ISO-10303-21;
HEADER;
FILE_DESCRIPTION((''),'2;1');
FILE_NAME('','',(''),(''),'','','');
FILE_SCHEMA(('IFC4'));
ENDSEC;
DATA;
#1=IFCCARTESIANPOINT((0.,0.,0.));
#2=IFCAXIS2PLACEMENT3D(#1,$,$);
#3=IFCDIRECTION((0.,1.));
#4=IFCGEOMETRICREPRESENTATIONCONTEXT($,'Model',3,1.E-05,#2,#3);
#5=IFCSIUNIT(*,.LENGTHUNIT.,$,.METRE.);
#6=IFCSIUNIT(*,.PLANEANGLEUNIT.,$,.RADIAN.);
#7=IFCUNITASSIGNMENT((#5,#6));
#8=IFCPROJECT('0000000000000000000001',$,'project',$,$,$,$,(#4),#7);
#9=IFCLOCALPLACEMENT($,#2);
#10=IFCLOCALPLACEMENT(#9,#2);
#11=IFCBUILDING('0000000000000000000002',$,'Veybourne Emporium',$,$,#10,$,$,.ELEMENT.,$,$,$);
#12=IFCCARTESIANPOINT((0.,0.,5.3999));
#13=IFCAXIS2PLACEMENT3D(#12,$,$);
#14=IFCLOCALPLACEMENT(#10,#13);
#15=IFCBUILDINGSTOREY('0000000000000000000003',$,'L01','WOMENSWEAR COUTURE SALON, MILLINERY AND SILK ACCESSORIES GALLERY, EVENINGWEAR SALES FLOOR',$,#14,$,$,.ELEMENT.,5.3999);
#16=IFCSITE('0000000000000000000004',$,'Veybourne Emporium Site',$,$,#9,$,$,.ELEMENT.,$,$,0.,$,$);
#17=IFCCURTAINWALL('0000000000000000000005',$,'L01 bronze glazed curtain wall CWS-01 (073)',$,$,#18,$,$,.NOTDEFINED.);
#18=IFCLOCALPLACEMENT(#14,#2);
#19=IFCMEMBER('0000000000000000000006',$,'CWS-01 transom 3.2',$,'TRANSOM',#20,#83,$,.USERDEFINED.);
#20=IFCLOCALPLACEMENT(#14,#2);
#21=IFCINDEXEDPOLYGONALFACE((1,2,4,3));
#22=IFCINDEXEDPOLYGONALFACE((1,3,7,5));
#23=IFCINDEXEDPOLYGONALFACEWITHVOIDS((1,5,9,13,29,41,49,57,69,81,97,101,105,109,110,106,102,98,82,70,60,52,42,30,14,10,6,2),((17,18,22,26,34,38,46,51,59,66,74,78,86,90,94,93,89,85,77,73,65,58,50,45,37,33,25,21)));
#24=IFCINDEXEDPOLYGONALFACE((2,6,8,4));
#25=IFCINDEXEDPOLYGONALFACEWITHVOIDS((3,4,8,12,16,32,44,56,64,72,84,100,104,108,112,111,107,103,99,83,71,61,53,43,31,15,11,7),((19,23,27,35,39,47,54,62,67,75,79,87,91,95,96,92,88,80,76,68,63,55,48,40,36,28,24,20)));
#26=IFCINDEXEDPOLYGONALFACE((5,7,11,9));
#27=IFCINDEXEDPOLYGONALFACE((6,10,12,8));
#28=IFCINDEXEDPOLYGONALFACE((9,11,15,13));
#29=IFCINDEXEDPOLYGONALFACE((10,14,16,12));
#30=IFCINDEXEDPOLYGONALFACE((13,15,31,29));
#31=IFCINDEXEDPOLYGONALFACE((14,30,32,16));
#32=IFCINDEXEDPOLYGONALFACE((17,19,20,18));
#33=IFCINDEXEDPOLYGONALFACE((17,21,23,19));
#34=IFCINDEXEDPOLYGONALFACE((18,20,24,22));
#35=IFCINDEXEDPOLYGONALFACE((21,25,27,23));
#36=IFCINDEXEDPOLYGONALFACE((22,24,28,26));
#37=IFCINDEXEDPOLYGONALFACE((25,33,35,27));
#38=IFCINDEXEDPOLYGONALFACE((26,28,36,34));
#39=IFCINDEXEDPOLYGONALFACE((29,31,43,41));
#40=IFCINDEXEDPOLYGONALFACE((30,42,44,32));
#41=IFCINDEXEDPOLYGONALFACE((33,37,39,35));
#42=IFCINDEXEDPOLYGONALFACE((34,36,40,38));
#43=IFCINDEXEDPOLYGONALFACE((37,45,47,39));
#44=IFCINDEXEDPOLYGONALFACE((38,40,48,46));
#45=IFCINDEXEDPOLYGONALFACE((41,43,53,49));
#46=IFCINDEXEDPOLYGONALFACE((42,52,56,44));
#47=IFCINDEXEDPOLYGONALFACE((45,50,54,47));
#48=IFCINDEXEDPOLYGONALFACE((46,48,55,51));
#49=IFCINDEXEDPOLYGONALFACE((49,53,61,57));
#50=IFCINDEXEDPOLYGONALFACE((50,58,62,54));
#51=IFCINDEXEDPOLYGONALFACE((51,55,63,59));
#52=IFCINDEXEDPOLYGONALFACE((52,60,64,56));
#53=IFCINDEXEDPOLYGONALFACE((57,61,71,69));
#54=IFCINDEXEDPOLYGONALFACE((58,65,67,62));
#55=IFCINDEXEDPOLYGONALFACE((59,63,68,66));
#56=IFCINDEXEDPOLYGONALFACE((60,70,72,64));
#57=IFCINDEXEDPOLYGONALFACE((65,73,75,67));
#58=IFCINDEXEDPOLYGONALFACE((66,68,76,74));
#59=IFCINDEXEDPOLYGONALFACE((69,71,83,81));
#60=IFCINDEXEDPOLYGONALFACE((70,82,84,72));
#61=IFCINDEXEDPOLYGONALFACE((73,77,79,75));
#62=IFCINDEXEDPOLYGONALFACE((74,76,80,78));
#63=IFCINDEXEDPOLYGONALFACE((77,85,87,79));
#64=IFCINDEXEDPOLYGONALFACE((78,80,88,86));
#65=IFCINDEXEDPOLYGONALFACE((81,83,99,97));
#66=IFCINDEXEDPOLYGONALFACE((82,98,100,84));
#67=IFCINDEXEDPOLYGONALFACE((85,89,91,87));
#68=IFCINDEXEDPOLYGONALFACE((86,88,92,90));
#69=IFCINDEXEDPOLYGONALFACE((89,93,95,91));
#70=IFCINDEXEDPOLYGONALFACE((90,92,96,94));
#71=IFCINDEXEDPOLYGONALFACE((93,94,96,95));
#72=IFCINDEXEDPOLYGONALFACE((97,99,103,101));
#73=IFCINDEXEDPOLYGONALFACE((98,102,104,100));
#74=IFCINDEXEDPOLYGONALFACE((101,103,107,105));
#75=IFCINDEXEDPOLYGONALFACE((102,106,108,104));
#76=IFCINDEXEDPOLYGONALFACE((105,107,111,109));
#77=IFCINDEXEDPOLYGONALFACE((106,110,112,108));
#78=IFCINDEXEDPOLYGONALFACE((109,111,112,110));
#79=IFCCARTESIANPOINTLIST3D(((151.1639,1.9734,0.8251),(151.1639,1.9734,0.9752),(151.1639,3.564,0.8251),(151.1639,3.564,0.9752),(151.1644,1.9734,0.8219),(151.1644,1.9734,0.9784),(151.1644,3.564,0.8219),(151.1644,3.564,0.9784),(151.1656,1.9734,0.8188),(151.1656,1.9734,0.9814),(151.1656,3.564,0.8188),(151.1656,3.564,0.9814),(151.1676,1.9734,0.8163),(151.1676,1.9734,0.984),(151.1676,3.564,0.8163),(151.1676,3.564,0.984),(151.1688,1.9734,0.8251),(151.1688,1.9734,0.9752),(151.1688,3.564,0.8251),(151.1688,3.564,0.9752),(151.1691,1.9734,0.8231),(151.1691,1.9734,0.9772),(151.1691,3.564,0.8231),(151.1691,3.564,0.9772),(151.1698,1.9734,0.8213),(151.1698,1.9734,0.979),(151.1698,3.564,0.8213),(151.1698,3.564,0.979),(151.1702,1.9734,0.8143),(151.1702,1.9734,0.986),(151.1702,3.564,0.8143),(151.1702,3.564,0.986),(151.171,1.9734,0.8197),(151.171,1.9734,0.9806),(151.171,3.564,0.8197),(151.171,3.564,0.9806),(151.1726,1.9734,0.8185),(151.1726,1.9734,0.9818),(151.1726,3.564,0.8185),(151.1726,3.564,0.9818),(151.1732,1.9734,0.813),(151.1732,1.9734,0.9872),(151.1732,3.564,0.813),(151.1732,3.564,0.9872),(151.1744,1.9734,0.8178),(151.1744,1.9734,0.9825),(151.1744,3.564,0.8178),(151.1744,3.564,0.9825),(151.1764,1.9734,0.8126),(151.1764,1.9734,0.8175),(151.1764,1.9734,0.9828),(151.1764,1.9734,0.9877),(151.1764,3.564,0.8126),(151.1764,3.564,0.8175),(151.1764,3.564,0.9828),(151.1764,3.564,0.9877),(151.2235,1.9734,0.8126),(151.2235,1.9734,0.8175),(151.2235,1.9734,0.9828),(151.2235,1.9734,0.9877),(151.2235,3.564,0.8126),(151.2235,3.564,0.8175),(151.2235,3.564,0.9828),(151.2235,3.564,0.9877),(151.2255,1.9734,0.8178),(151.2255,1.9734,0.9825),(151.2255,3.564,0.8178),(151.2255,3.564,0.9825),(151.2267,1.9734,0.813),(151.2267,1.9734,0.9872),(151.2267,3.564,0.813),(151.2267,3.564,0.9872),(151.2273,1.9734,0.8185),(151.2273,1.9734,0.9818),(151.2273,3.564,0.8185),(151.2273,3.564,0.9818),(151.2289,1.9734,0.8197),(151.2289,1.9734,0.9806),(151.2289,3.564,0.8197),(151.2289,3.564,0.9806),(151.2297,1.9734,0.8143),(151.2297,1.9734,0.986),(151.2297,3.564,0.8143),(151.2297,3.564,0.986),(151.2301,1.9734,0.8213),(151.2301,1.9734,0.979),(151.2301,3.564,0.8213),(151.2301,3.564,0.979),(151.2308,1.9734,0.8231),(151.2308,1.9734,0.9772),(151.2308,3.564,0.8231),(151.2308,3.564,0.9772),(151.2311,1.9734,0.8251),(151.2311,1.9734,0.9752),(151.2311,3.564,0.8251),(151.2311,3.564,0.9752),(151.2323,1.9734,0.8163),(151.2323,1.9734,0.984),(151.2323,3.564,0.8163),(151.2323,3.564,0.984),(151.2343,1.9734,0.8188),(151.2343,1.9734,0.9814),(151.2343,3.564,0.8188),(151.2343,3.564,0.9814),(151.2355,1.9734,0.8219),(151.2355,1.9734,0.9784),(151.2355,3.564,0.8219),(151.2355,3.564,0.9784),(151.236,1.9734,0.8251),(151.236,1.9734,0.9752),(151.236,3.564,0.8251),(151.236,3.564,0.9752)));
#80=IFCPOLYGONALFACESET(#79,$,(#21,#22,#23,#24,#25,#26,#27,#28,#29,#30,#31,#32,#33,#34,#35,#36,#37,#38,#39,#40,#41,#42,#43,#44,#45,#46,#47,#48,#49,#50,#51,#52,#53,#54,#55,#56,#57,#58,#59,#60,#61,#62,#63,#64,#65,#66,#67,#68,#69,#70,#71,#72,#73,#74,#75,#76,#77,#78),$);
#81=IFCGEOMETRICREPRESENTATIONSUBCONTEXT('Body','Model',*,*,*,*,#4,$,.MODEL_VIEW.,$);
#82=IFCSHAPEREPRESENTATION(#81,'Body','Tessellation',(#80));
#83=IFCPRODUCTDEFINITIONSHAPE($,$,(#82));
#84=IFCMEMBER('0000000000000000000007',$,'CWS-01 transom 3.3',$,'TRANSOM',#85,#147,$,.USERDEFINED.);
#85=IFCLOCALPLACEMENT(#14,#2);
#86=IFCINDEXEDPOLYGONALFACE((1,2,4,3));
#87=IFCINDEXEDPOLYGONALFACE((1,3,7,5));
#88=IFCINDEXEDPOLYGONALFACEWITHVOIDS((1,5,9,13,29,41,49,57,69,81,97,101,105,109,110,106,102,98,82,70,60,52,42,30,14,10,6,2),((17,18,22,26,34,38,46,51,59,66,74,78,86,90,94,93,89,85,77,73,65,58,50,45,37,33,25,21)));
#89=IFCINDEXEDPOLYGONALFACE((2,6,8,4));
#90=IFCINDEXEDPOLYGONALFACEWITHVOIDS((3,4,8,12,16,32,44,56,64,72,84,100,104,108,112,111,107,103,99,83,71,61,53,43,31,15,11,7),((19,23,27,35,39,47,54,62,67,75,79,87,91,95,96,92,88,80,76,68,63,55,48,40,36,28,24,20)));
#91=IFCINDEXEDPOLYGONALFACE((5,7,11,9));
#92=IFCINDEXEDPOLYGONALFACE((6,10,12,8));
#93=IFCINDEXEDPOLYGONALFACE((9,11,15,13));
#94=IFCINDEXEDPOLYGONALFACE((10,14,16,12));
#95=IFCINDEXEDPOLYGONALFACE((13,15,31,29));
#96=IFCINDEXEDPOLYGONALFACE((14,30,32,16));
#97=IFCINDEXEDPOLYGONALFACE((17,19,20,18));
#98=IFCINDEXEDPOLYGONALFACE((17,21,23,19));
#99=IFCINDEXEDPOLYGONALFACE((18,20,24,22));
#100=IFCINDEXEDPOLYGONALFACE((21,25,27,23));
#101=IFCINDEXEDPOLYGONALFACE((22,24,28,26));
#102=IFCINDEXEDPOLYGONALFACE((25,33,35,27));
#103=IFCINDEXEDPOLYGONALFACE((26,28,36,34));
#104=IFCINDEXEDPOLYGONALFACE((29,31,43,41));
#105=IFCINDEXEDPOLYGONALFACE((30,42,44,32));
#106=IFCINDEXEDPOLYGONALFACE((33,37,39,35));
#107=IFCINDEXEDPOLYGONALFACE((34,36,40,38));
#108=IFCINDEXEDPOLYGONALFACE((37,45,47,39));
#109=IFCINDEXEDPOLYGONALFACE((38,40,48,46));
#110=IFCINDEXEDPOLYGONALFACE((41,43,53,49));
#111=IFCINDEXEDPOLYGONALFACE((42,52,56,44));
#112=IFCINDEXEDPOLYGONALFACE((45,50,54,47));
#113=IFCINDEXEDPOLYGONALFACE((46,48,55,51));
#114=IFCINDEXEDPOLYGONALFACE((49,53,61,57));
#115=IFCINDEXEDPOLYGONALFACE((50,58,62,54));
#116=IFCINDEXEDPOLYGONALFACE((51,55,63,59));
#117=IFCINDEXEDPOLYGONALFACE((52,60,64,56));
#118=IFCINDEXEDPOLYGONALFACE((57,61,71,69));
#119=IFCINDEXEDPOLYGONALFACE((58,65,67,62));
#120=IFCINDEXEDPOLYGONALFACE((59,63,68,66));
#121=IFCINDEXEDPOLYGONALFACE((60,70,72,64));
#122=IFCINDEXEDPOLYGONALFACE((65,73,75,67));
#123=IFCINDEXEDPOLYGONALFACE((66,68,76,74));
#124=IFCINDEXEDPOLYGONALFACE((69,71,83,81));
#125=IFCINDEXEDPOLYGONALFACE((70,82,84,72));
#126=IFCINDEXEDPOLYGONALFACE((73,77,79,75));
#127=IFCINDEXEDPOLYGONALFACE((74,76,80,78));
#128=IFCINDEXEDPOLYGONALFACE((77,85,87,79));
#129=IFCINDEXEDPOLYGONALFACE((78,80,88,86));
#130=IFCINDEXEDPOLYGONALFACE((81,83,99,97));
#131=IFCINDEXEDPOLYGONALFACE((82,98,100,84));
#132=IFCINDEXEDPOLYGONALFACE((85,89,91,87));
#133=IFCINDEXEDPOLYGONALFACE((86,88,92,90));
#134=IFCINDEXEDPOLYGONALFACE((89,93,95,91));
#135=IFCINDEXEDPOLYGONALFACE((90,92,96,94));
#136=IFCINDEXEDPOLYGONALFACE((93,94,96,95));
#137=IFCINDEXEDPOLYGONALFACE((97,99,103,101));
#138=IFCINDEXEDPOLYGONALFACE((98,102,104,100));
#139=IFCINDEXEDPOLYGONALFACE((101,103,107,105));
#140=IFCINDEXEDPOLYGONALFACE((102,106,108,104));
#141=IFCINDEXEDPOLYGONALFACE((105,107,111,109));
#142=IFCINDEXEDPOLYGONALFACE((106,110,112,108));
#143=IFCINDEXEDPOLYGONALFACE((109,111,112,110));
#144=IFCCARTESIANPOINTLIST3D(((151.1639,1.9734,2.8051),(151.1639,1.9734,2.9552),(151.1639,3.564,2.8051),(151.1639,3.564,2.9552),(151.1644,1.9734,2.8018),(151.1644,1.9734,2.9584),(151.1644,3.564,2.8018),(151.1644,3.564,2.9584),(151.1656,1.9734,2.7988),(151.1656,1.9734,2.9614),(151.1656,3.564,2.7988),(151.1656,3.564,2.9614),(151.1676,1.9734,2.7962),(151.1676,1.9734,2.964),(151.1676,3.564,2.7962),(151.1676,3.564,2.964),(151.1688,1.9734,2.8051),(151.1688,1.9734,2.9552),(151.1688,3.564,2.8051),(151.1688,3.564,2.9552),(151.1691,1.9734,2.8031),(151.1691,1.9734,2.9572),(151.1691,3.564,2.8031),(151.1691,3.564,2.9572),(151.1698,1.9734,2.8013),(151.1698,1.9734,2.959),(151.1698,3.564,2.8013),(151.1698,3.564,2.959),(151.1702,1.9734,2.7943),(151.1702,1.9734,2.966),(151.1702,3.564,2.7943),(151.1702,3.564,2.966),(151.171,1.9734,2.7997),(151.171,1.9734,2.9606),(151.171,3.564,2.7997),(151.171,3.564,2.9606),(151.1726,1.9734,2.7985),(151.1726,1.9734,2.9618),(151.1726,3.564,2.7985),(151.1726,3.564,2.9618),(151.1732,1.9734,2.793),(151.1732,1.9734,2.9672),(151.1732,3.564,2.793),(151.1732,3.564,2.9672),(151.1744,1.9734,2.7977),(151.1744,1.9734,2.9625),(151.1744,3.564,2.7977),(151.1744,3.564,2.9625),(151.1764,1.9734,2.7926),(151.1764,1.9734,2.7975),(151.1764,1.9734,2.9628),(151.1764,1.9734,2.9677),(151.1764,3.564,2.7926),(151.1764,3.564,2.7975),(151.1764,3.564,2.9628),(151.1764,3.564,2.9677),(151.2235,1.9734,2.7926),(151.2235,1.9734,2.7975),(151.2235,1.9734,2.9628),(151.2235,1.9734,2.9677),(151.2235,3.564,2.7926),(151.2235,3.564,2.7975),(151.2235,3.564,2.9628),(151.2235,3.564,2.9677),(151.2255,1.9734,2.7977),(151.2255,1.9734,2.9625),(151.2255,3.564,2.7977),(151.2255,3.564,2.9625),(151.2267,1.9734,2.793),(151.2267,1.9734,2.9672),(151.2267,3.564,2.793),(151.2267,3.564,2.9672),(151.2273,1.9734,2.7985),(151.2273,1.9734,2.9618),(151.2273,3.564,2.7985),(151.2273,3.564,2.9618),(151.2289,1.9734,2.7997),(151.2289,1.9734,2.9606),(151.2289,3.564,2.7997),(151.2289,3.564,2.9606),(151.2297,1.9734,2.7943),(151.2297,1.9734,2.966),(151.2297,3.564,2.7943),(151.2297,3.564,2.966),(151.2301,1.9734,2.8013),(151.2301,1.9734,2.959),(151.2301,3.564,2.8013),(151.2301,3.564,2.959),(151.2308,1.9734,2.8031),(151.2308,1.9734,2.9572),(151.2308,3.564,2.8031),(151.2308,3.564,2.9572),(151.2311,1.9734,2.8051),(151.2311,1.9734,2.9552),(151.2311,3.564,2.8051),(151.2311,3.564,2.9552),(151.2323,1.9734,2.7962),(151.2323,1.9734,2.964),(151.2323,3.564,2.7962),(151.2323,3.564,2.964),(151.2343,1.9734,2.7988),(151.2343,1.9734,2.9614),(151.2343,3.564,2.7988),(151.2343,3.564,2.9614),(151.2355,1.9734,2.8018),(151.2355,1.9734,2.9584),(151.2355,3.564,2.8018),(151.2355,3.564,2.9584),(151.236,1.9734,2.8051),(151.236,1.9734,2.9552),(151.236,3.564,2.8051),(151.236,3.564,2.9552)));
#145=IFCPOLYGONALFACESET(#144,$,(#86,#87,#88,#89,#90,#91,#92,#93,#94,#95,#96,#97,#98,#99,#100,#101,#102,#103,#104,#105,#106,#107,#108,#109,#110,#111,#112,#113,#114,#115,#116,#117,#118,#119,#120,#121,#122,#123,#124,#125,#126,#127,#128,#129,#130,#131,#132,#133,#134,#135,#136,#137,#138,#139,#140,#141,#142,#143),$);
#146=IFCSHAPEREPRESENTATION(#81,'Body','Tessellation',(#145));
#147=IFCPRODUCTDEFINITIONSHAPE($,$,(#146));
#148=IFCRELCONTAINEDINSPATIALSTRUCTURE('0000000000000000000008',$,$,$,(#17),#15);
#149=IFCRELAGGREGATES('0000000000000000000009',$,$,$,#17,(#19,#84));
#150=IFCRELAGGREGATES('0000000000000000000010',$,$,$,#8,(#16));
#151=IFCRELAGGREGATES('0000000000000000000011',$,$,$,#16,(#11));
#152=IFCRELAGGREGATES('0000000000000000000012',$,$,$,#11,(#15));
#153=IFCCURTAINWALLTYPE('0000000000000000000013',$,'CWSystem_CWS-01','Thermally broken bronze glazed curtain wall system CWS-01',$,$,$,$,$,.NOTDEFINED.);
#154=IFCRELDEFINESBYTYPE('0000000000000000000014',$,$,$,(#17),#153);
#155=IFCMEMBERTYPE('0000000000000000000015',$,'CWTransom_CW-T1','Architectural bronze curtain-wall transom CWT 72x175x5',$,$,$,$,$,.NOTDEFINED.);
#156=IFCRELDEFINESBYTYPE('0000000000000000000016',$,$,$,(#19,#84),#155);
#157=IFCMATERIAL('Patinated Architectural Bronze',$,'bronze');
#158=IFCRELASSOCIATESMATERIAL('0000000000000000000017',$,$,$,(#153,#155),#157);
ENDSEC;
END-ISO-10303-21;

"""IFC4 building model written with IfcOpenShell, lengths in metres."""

from ifc_helpers import new_model, si_unit, direction, frame, origin, origin_2d, place, context, subcontext, project, spatial, hollow_rectangle, extrude, material, material_profile, profile_set, type_object, element, aggregate, save


model = new_model("IFC4")

# Units and contexts
model_context = context("Model", 3, precision=1e-05, world=origin(), true_north=direction((0.0, 1.0)))
body_context = subcontext(model_context, "Body", "Model", "MODEL_VIEW")
ifc_project = project(units=[si_unit("LENGTHUNIT", "METRE"), si_unit("PLANEANGLEUNIT", "RADIAN")], contexts=[model_context])

# Site, building, storey
site_placement = place(None, origin())
site = spatial("IfcSite", under=ifc_project, at=site_placement, Name="Veybourne Emporium Site", CompositionType="ELEMENT", RefElevation=0.0)
building_placement = place(site_placement, origin())
building = spatial("IfcBuilding", under=site, at=building_placement, Name="Veybourne Emporium", CompositionType="ELEMENT")
storey_placement = place(building_placement, frame((0.0, 0.0, 5.3999)))
storey = spatial("IfcBuildingStorey", under=building, at=storey_placement, Name="L01", Description="WOMENSWEAR COUTURE SALON, MILLINERY AND SILK ACCESSORIES GALLERY, EVENINGWEAR SALES FLOOR", CompositionType="ELEMENT", Elevation=5.3999)

# Curtain wall, members
ifc_material_1 = material(Name="Patinated Architectural Bronze", Category="bronze")
curtain_wall_type = type_object("IfcCurtainWallType", Name="CWSystem_CWS-01", Description="Thermally broken bronze glazed curtain wall system CWS-01", PredefinedType="NOTDEFINED", material=ifc_material_1)
curtain_wall_placement = place(storey_placement, origin())
curtain_wall = element("IfcCurtainWall", 1, at=curtain_wall_placement, inside=storey, type_object=curtain_wall_type, Name="L01 bronze glazed curtain wall CWS-01 (073)", PredefinedType="NOTDEFINED")
ifc_material_profile_1 = material_profile(ifc_material_1, hollow_rectangle(XDim=0.072, YDim=0.175, WallThickness=0.0049, InnerFilletRadius=0.0076, OuterFilletRadius=0.0125, at=origin_2d()), Name="CWT 72x175x5")
ifc_profile_set_1 = profile_set([ifc_material_profile_1], Name="Patinated Architectural Bronze")
member_type_1 = type_object("IfcMemberType", Name="CWTransom_CW-T1", Description="Architectural bronze curtain-wall transom CWT 72x175x5", PredefinedType="NOTDEFINED", material=ifc_profile_set_1)
member_1_placement = place(storey_placement, frame((151.2, 3.564, 0.9001), z_axis=(0.0, -1.0, 0.0), x_axis=(1.0, 0.0, 0.0)))
member_1 = element("IfcMember", 2, at=member_1_placement, type_object=member_type_1, Name="CWS-01 transom 3.2", ObjectType="TRANSOM", PredefinedType="USERDEFINED", context=body_context, shape_type="SweptSolid", body=[
    extrude(hollow_rectangle(XDim=0.072, YDim=0.175, WallThickness=0.0049, InnerFilletRadius=0.0076, OuterFilletRadius=0.0125, at=origin_2d()), origin(), (0.0, 0.0, 1.0), 1.5906),
])
member_2_placement = place(storey_placement, frame((151.2, 3.564, 2.8801), z_axis=(0.0, -1.0, 0.0), x_axis=(1.0, 0.0, 0.0)))
member_2 = element("IfcMember", 3, at=member_2_placement, type_object=member_type_1, Name="CWS-01 transom 3.3", ObjectType="TRANSOM", PredefinedType="USERDEFINED", context=body_context, shape_type="SweptSolid", body=[
    extrude(hollow_rectangle(XDim=0.072, YDim=0.175, WallThickness=0.0049, InnerFilletRadius=0.0076, OuterFilletRadius=0.0125, at=origin_2d()), origin(), (0.0, 0.0, 1.0), 1.5906),
])
aggregate(curtain_wall, [member_1, member_2])

save(model, "model.ifc")
